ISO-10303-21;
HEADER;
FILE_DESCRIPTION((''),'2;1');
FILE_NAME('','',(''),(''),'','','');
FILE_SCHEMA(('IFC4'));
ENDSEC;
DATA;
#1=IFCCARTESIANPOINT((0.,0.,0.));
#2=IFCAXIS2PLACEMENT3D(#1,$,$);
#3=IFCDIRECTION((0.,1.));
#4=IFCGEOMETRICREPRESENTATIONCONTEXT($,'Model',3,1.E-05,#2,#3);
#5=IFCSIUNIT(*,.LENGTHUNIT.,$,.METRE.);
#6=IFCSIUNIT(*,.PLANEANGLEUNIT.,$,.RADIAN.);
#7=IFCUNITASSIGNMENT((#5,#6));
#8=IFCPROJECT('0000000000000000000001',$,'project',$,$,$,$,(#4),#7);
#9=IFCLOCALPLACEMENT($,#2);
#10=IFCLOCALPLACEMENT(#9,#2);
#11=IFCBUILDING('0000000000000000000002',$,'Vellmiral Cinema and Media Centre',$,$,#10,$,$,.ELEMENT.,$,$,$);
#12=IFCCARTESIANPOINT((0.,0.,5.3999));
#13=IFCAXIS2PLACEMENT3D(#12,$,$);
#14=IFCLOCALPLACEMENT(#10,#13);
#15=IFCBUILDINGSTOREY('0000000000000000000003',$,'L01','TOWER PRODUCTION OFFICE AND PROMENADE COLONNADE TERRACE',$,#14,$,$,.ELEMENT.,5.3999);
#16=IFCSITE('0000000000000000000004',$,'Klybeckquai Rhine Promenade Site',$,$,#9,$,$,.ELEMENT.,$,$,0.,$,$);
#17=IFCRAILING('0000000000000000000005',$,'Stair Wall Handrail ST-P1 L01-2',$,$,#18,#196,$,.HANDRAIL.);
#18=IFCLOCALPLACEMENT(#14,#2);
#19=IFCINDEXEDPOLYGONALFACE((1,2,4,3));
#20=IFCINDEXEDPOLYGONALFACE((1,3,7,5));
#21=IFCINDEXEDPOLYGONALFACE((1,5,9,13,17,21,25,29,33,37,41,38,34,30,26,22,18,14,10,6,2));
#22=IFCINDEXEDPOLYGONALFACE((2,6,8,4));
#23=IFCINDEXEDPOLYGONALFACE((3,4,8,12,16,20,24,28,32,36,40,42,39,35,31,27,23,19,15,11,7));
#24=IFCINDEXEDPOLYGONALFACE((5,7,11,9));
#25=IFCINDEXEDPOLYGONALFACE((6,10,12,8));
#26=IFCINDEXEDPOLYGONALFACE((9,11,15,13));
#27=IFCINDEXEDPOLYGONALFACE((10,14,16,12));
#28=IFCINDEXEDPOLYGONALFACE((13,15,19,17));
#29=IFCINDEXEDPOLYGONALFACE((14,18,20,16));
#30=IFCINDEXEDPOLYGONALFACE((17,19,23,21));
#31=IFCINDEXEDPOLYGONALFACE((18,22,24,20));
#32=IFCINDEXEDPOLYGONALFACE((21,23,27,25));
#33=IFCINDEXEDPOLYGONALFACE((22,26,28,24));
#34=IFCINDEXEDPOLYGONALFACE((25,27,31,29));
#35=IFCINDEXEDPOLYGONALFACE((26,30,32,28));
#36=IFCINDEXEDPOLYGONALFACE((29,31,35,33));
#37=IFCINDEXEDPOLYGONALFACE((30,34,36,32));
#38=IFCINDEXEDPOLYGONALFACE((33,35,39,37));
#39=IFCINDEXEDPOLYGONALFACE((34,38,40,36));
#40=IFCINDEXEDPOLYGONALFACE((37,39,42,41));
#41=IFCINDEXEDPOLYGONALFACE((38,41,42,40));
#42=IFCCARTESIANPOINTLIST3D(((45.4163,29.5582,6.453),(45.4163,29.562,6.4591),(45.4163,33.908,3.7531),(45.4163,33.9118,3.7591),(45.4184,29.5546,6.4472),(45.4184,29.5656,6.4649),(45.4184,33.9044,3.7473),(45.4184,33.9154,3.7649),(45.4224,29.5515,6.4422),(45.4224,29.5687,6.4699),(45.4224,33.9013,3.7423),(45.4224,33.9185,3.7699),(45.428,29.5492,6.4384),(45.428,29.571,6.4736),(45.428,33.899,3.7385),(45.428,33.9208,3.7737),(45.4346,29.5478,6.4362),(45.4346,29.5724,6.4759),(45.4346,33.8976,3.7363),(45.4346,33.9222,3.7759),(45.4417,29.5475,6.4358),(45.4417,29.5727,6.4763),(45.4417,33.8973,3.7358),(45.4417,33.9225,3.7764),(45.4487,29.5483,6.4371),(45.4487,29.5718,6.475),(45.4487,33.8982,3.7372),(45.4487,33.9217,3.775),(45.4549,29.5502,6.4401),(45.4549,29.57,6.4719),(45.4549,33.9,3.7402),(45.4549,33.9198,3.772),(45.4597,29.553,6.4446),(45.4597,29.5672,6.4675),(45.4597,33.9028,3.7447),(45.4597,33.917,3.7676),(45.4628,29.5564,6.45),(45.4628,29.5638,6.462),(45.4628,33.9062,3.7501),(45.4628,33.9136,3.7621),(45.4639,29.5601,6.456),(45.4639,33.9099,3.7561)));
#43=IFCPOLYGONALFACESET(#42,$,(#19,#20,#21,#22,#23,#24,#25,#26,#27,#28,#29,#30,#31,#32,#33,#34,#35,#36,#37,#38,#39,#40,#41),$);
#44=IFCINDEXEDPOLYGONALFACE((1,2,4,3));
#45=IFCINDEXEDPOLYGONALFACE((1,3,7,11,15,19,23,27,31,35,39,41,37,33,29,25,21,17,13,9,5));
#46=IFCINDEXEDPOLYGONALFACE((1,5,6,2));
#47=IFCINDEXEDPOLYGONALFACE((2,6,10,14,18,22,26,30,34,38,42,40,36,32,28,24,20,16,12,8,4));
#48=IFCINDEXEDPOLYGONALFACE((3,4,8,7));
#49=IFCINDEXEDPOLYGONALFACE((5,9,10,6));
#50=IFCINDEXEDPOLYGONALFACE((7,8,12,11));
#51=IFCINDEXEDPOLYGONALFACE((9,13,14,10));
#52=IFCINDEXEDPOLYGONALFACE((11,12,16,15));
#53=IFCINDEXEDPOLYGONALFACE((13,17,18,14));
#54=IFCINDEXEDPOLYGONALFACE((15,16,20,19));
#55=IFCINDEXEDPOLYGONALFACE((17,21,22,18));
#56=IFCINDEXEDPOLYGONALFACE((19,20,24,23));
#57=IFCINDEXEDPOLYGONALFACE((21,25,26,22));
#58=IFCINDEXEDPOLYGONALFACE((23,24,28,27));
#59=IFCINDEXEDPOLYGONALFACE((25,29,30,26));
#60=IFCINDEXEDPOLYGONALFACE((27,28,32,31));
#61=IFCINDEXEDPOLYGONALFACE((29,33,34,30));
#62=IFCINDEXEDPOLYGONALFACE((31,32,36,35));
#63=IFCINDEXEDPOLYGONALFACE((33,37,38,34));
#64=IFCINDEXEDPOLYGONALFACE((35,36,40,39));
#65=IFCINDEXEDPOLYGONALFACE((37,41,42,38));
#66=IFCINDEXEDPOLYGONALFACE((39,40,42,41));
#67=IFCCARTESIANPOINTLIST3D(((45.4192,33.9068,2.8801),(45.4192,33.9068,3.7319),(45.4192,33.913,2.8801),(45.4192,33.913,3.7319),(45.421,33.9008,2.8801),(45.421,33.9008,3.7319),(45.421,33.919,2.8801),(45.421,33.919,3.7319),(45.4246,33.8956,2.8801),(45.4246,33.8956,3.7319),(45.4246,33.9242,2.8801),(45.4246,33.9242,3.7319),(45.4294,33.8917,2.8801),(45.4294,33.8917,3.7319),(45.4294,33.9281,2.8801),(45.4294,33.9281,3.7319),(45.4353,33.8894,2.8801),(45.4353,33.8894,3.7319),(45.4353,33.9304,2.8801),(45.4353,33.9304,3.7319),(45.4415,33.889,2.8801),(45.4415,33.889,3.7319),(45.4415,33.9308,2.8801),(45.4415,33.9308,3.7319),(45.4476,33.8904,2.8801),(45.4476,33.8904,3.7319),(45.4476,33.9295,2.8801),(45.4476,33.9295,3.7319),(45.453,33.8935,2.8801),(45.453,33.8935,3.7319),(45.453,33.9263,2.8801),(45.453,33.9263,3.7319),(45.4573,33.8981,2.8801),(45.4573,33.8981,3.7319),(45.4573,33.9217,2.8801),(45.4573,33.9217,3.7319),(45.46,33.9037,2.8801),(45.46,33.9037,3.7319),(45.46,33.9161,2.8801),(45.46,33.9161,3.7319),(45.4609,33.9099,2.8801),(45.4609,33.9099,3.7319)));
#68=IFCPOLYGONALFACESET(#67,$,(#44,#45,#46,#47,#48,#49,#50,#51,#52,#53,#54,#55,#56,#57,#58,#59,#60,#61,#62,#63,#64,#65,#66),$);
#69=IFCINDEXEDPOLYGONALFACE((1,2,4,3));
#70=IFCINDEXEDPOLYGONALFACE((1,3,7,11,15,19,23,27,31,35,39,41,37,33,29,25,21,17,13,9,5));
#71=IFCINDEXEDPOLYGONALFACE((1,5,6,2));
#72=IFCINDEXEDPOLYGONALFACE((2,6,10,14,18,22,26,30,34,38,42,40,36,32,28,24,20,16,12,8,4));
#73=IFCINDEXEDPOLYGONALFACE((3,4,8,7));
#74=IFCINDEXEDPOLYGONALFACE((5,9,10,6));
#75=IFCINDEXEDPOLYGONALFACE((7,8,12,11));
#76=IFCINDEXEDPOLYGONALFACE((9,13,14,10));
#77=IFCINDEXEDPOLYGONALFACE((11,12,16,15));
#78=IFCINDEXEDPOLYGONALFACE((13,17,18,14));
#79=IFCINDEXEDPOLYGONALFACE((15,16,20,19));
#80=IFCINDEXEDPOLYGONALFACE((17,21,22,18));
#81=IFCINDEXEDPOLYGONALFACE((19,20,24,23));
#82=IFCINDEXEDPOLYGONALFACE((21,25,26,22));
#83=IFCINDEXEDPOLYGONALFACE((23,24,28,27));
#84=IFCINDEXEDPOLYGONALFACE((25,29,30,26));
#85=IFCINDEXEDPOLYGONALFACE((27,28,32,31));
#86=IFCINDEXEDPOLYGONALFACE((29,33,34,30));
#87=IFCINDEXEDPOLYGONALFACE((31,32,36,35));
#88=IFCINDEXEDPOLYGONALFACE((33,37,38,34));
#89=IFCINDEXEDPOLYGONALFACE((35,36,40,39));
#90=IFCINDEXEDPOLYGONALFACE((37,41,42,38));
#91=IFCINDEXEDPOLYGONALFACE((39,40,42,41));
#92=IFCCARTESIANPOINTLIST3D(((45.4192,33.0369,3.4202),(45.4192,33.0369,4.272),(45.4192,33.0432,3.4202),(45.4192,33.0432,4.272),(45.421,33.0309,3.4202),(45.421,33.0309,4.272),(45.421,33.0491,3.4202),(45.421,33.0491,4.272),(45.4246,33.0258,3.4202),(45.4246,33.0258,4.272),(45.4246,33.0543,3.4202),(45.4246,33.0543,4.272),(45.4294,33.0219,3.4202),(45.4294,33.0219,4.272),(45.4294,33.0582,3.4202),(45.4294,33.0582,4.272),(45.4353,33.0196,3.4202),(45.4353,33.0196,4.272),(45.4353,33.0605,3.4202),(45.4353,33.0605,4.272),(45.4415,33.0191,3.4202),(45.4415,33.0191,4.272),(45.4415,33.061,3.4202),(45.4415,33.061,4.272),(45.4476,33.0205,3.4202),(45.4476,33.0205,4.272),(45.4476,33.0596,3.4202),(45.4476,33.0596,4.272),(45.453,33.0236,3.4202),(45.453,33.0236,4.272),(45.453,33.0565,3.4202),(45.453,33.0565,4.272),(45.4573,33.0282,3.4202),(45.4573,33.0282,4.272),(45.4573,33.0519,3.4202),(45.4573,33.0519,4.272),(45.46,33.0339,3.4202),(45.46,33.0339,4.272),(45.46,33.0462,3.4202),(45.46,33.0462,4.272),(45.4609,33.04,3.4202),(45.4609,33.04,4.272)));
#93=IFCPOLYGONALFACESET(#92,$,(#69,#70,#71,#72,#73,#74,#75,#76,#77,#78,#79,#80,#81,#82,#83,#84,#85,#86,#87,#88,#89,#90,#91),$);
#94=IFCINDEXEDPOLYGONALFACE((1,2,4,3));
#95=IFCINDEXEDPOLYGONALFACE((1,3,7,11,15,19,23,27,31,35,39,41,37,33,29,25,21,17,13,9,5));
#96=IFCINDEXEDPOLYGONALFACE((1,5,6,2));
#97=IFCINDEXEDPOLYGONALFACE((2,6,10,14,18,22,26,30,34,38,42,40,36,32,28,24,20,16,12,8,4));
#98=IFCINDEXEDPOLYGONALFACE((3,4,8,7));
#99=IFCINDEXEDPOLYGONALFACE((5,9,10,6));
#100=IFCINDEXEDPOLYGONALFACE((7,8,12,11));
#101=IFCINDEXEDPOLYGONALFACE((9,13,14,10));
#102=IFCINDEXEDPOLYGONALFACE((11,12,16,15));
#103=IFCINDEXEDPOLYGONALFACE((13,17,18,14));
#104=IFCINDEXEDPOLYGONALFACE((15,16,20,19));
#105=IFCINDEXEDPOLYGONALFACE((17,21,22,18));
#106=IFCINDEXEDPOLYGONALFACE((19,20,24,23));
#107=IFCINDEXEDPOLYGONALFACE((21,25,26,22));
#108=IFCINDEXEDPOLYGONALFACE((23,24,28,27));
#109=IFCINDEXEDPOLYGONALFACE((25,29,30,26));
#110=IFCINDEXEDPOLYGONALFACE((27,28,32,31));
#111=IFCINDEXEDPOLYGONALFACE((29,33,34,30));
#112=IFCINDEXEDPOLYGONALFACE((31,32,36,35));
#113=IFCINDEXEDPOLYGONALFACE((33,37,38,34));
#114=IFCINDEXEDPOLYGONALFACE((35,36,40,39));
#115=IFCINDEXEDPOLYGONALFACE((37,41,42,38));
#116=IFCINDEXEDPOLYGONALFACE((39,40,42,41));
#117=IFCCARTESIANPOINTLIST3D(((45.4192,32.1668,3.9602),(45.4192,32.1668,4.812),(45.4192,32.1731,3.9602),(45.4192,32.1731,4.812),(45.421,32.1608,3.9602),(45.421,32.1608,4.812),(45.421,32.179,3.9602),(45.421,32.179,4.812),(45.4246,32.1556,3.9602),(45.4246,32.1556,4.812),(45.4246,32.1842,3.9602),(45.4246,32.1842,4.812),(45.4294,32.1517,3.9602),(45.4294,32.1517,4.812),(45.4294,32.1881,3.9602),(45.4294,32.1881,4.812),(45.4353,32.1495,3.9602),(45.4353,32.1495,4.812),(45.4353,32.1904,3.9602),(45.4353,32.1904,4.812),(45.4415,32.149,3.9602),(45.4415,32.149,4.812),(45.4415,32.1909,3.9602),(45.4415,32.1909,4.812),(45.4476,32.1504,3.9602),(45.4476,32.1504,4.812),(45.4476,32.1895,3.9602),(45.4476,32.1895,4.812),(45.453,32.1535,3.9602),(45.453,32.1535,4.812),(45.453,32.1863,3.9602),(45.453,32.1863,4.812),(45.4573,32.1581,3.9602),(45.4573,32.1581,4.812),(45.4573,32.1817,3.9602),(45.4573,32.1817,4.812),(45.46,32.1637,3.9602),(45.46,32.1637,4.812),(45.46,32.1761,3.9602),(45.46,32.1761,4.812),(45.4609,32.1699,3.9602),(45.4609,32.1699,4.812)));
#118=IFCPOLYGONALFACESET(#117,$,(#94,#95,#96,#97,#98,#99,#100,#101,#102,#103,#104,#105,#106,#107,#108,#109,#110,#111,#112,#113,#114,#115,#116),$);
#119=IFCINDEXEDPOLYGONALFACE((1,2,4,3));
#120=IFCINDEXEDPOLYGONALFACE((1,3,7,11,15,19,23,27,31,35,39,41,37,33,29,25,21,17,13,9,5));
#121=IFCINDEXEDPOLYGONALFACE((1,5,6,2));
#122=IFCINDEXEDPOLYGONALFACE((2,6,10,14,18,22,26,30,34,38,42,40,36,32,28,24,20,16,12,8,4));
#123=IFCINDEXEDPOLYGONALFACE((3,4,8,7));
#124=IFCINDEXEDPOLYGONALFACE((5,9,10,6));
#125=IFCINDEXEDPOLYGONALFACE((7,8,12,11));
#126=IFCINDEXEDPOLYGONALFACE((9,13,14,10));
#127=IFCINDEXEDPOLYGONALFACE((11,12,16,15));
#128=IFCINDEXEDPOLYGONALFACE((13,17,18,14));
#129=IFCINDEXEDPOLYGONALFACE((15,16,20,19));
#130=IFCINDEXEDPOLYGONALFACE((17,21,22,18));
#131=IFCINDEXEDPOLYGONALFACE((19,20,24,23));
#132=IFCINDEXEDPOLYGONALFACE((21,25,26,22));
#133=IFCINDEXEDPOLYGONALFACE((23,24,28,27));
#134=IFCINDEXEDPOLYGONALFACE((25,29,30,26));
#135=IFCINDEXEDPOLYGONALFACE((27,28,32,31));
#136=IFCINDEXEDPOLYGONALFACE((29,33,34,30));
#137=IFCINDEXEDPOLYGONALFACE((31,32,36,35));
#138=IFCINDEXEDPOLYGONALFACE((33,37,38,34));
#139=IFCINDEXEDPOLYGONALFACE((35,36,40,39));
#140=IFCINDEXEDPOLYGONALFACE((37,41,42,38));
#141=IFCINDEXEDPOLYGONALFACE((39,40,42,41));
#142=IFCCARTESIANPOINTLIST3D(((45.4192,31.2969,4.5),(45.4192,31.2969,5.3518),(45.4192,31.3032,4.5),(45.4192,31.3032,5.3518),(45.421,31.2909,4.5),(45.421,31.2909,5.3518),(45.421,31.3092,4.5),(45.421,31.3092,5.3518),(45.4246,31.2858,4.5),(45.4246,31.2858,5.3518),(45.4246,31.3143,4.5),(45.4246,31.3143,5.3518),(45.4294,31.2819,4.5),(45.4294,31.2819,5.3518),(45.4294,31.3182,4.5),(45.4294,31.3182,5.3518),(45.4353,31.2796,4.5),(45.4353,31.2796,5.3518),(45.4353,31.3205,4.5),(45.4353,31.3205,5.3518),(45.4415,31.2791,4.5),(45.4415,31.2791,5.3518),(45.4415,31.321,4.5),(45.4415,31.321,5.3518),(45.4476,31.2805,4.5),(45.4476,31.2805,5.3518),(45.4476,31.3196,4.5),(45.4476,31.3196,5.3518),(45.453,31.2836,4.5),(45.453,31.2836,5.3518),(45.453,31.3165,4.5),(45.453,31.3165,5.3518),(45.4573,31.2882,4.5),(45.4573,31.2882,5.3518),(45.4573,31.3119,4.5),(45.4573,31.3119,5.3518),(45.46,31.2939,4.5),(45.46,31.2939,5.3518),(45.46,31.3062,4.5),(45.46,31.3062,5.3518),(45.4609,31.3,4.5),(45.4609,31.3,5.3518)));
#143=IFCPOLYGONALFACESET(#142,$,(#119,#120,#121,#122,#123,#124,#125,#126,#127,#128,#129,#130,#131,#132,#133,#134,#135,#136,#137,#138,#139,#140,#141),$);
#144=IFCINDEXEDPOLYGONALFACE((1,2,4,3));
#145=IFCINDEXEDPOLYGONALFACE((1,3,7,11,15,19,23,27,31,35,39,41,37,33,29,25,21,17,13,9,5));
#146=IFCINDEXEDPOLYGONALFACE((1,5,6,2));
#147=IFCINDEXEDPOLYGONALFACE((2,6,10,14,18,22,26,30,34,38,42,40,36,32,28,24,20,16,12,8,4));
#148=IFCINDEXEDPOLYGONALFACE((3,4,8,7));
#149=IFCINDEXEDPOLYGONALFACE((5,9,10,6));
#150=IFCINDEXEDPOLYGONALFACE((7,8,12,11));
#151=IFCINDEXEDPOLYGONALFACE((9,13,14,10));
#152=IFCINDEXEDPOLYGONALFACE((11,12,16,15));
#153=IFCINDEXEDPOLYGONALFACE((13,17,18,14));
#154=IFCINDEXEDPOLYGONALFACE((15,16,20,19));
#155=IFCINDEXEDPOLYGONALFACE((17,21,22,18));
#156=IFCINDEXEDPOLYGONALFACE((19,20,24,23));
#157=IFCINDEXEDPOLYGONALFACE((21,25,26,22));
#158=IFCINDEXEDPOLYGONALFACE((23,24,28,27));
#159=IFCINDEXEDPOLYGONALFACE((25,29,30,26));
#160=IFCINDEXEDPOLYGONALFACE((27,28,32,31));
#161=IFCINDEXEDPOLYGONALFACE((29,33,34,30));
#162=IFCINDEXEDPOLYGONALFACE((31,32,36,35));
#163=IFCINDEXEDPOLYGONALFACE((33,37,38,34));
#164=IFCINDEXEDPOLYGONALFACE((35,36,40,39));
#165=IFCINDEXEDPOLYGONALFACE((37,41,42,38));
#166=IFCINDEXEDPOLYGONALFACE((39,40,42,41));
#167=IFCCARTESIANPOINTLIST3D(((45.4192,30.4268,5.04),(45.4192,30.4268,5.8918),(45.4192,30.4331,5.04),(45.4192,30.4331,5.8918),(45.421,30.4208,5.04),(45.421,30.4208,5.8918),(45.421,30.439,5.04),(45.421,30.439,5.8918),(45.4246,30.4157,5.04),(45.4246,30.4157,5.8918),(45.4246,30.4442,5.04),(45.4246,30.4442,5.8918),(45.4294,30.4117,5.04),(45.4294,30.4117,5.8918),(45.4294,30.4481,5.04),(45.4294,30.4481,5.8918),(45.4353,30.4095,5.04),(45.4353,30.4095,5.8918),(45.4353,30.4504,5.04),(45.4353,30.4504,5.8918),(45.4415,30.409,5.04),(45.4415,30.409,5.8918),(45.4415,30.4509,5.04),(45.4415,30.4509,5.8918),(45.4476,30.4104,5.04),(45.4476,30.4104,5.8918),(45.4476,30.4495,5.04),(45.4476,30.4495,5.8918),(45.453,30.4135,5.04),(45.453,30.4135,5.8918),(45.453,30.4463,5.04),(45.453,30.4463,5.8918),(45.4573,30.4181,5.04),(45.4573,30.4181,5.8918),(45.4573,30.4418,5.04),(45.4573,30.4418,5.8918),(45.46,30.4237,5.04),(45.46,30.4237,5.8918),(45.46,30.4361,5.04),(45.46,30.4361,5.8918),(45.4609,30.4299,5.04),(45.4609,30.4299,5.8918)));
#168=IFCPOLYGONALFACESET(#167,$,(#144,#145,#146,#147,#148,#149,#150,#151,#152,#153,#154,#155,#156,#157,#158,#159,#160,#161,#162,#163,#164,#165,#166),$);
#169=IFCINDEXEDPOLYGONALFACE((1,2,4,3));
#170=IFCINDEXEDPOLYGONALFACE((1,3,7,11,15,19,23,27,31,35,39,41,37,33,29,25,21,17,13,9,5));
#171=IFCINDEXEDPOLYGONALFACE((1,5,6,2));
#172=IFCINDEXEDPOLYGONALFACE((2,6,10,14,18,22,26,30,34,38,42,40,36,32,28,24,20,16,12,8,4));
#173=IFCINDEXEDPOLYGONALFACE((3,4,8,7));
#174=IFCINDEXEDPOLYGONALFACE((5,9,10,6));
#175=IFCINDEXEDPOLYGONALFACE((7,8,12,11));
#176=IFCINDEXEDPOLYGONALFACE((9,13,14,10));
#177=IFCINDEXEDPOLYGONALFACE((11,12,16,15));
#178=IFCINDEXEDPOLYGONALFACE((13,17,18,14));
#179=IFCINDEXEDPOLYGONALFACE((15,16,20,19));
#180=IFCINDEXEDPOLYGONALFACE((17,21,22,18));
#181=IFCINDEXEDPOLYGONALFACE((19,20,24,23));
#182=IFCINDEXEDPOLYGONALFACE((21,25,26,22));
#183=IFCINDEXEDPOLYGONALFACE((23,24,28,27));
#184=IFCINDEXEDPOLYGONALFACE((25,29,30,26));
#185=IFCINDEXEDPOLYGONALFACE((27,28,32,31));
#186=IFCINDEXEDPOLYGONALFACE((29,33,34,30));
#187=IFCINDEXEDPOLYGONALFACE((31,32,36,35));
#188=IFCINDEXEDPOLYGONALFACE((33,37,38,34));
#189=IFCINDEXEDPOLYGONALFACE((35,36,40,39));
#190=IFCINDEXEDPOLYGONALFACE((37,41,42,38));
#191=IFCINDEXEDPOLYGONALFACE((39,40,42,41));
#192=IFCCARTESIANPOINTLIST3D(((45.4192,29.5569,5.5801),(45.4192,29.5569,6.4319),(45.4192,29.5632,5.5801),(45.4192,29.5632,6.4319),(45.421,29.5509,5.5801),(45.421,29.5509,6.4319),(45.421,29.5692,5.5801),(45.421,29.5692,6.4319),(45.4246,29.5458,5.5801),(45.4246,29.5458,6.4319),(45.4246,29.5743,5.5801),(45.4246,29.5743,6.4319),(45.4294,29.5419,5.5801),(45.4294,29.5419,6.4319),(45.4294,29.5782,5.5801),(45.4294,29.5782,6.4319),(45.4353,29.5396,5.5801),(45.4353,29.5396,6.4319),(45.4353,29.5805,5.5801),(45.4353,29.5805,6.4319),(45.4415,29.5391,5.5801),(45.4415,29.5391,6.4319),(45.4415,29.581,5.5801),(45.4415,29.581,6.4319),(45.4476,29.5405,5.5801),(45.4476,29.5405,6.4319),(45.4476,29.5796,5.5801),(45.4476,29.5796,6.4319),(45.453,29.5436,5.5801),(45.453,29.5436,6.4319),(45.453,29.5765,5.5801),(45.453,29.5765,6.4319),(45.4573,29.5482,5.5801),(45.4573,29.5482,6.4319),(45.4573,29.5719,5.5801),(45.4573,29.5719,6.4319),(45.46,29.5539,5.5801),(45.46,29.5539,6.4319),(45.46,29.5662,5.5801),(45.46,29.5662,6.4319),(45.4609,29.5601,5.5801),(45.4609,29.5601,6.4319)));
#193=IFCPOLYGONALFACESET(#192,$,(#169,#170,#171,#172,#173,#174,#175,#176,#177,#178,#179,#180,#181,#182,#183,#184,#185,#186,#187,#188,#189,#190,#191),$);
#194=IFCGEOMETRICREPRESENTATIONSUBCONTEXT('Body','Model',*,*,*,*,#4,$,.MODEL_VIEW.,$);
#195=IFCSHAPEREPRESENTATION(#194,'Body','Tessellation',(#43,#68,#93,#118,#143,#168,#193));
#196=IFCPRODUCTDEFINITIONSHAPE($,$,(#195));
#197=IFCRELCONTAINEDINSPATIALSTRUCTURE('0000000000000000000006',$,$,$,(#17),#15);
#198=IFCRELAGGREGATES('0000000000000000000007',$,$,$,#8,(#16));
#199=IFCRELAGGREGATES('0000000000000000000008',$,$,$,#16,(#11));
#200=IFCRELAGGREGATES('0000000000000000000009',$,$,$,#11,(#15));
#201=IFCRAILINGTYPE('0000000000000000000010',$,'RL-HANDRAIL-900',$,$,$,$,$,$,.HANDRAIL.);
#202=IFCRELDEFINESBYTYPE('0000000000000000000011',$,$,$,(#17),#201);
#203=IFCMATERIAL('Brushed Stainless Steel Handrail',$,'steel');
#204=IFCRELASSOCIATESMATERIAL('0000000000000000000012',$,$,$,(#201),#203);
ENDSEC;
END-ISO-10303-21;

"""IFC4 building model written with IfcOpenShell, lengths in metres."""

from ifc_helpers import new_model, si_unit, direction, frame, origin, origin_2d, place, context, subcontext, project, spatial, circle, extrude, material, type_object, element, save


model = new_model("IFC4")

# Units and contexts
model_context = context("Model", 3, precision=1e-05, world=origin(), true_north=direction((0.0, 1.0)))
body_context = subcontext(model_context, "Body", "Model", "MODEL_VIEW")
ifc_project = project(units=[si_unit("LENGTHUNIT", "METRE"), si_unit("PLANEANGLEUNIT", "RADIAN")], contexts=[model_context])

# Site, building, storey
site_placement = place(None, origin())
site = spatial("IfcSite", under=ifc_project, at=site_placement, Name="Klybeckquai Rhine Promenade Site", CompositionType="ELEMENT", RefElevation=0.0)
building_placement = place(site_placement, origin())
building = spatial("IfcBuilding", under=site, at=building_placement, Name="Vellmiral Cinema and Media Centre", CompositionType="ELEMENT")
storey_placement = place(building_placement, frame((0.0, 0.0, 5.3999)))
storey = spatial("IfcBuildingStorey", under=building, at=storey_placement, Name="L01", Description="TOWER PRODUCTION OFFICE AND PROMENADE COLONNADE TERRACE", CompositionType="ELEMENT", Elevation=5.3999)

# Railing
ifc_material_1 = material(Name="Brushed Stainless Steel Handrail", Category="steel")
railing_type_1 = type_object("IfcRailingType", Name="RL-HANDRAIL-900", PredefinedType="HANDRAIL", material=ifc_material_1)
railing_1_placement = place(storey_placement, frame((45.4399, 33.9099, 2.8801)))
element("IfcRailing", 1, at=railing_1_placement, inside=storey, type_object=railing_type_1, Name="Stair Wall Handrail ST-P1 L01-2", PredefinedType="HANDRAIL", context=body_context, shape_type="SweptSolid", body=[
    extrude(circle(Radius=0.0239, at=origin_2d()), frame((0.0, 0.0, 0.876), z_axis=(0.0, -0.849636, 0.527369), x_axis=(1.0, 0.0, 0.0)), (0.0, 0.0, 1.0), 5.1196),
    extrude(circle(Radius=0.021, at=origin_2d()), origin(), (0.0, 0.0, 1.0), 0.8518),
    extrude(circle(Radius=0.021, at=origin_2d()), frame((0.0, -0.8699, 0.54)), (0.0, 0.0, 1.0), 0.8518),
    extrude(circle(Radius=0.021, at=origin_2d()), frame((0.0, -1.74, 1.0801)), (0.0, 0.0, 1.0), 0.8518),
    extrude(circle(Radius=0.021, at=origin_2d()), frame((0.0, -2.6099, 1.6199)), (0.0, 0.0, 1.0), 0.8518),
    extrude(circle(Radius=0.021, at=origin_2d()), frame((0.0, -3.48, 2.1599)), (0.0, 0.0, 1.0), 0.8518),
    extrude(circle(Radius=0.021, at=origin_2d()), frame((0.0, -4.3499, 2.7)), (0.0, 0.0, 1.0), 0.8518),
])

save(model, "model.ifc")
